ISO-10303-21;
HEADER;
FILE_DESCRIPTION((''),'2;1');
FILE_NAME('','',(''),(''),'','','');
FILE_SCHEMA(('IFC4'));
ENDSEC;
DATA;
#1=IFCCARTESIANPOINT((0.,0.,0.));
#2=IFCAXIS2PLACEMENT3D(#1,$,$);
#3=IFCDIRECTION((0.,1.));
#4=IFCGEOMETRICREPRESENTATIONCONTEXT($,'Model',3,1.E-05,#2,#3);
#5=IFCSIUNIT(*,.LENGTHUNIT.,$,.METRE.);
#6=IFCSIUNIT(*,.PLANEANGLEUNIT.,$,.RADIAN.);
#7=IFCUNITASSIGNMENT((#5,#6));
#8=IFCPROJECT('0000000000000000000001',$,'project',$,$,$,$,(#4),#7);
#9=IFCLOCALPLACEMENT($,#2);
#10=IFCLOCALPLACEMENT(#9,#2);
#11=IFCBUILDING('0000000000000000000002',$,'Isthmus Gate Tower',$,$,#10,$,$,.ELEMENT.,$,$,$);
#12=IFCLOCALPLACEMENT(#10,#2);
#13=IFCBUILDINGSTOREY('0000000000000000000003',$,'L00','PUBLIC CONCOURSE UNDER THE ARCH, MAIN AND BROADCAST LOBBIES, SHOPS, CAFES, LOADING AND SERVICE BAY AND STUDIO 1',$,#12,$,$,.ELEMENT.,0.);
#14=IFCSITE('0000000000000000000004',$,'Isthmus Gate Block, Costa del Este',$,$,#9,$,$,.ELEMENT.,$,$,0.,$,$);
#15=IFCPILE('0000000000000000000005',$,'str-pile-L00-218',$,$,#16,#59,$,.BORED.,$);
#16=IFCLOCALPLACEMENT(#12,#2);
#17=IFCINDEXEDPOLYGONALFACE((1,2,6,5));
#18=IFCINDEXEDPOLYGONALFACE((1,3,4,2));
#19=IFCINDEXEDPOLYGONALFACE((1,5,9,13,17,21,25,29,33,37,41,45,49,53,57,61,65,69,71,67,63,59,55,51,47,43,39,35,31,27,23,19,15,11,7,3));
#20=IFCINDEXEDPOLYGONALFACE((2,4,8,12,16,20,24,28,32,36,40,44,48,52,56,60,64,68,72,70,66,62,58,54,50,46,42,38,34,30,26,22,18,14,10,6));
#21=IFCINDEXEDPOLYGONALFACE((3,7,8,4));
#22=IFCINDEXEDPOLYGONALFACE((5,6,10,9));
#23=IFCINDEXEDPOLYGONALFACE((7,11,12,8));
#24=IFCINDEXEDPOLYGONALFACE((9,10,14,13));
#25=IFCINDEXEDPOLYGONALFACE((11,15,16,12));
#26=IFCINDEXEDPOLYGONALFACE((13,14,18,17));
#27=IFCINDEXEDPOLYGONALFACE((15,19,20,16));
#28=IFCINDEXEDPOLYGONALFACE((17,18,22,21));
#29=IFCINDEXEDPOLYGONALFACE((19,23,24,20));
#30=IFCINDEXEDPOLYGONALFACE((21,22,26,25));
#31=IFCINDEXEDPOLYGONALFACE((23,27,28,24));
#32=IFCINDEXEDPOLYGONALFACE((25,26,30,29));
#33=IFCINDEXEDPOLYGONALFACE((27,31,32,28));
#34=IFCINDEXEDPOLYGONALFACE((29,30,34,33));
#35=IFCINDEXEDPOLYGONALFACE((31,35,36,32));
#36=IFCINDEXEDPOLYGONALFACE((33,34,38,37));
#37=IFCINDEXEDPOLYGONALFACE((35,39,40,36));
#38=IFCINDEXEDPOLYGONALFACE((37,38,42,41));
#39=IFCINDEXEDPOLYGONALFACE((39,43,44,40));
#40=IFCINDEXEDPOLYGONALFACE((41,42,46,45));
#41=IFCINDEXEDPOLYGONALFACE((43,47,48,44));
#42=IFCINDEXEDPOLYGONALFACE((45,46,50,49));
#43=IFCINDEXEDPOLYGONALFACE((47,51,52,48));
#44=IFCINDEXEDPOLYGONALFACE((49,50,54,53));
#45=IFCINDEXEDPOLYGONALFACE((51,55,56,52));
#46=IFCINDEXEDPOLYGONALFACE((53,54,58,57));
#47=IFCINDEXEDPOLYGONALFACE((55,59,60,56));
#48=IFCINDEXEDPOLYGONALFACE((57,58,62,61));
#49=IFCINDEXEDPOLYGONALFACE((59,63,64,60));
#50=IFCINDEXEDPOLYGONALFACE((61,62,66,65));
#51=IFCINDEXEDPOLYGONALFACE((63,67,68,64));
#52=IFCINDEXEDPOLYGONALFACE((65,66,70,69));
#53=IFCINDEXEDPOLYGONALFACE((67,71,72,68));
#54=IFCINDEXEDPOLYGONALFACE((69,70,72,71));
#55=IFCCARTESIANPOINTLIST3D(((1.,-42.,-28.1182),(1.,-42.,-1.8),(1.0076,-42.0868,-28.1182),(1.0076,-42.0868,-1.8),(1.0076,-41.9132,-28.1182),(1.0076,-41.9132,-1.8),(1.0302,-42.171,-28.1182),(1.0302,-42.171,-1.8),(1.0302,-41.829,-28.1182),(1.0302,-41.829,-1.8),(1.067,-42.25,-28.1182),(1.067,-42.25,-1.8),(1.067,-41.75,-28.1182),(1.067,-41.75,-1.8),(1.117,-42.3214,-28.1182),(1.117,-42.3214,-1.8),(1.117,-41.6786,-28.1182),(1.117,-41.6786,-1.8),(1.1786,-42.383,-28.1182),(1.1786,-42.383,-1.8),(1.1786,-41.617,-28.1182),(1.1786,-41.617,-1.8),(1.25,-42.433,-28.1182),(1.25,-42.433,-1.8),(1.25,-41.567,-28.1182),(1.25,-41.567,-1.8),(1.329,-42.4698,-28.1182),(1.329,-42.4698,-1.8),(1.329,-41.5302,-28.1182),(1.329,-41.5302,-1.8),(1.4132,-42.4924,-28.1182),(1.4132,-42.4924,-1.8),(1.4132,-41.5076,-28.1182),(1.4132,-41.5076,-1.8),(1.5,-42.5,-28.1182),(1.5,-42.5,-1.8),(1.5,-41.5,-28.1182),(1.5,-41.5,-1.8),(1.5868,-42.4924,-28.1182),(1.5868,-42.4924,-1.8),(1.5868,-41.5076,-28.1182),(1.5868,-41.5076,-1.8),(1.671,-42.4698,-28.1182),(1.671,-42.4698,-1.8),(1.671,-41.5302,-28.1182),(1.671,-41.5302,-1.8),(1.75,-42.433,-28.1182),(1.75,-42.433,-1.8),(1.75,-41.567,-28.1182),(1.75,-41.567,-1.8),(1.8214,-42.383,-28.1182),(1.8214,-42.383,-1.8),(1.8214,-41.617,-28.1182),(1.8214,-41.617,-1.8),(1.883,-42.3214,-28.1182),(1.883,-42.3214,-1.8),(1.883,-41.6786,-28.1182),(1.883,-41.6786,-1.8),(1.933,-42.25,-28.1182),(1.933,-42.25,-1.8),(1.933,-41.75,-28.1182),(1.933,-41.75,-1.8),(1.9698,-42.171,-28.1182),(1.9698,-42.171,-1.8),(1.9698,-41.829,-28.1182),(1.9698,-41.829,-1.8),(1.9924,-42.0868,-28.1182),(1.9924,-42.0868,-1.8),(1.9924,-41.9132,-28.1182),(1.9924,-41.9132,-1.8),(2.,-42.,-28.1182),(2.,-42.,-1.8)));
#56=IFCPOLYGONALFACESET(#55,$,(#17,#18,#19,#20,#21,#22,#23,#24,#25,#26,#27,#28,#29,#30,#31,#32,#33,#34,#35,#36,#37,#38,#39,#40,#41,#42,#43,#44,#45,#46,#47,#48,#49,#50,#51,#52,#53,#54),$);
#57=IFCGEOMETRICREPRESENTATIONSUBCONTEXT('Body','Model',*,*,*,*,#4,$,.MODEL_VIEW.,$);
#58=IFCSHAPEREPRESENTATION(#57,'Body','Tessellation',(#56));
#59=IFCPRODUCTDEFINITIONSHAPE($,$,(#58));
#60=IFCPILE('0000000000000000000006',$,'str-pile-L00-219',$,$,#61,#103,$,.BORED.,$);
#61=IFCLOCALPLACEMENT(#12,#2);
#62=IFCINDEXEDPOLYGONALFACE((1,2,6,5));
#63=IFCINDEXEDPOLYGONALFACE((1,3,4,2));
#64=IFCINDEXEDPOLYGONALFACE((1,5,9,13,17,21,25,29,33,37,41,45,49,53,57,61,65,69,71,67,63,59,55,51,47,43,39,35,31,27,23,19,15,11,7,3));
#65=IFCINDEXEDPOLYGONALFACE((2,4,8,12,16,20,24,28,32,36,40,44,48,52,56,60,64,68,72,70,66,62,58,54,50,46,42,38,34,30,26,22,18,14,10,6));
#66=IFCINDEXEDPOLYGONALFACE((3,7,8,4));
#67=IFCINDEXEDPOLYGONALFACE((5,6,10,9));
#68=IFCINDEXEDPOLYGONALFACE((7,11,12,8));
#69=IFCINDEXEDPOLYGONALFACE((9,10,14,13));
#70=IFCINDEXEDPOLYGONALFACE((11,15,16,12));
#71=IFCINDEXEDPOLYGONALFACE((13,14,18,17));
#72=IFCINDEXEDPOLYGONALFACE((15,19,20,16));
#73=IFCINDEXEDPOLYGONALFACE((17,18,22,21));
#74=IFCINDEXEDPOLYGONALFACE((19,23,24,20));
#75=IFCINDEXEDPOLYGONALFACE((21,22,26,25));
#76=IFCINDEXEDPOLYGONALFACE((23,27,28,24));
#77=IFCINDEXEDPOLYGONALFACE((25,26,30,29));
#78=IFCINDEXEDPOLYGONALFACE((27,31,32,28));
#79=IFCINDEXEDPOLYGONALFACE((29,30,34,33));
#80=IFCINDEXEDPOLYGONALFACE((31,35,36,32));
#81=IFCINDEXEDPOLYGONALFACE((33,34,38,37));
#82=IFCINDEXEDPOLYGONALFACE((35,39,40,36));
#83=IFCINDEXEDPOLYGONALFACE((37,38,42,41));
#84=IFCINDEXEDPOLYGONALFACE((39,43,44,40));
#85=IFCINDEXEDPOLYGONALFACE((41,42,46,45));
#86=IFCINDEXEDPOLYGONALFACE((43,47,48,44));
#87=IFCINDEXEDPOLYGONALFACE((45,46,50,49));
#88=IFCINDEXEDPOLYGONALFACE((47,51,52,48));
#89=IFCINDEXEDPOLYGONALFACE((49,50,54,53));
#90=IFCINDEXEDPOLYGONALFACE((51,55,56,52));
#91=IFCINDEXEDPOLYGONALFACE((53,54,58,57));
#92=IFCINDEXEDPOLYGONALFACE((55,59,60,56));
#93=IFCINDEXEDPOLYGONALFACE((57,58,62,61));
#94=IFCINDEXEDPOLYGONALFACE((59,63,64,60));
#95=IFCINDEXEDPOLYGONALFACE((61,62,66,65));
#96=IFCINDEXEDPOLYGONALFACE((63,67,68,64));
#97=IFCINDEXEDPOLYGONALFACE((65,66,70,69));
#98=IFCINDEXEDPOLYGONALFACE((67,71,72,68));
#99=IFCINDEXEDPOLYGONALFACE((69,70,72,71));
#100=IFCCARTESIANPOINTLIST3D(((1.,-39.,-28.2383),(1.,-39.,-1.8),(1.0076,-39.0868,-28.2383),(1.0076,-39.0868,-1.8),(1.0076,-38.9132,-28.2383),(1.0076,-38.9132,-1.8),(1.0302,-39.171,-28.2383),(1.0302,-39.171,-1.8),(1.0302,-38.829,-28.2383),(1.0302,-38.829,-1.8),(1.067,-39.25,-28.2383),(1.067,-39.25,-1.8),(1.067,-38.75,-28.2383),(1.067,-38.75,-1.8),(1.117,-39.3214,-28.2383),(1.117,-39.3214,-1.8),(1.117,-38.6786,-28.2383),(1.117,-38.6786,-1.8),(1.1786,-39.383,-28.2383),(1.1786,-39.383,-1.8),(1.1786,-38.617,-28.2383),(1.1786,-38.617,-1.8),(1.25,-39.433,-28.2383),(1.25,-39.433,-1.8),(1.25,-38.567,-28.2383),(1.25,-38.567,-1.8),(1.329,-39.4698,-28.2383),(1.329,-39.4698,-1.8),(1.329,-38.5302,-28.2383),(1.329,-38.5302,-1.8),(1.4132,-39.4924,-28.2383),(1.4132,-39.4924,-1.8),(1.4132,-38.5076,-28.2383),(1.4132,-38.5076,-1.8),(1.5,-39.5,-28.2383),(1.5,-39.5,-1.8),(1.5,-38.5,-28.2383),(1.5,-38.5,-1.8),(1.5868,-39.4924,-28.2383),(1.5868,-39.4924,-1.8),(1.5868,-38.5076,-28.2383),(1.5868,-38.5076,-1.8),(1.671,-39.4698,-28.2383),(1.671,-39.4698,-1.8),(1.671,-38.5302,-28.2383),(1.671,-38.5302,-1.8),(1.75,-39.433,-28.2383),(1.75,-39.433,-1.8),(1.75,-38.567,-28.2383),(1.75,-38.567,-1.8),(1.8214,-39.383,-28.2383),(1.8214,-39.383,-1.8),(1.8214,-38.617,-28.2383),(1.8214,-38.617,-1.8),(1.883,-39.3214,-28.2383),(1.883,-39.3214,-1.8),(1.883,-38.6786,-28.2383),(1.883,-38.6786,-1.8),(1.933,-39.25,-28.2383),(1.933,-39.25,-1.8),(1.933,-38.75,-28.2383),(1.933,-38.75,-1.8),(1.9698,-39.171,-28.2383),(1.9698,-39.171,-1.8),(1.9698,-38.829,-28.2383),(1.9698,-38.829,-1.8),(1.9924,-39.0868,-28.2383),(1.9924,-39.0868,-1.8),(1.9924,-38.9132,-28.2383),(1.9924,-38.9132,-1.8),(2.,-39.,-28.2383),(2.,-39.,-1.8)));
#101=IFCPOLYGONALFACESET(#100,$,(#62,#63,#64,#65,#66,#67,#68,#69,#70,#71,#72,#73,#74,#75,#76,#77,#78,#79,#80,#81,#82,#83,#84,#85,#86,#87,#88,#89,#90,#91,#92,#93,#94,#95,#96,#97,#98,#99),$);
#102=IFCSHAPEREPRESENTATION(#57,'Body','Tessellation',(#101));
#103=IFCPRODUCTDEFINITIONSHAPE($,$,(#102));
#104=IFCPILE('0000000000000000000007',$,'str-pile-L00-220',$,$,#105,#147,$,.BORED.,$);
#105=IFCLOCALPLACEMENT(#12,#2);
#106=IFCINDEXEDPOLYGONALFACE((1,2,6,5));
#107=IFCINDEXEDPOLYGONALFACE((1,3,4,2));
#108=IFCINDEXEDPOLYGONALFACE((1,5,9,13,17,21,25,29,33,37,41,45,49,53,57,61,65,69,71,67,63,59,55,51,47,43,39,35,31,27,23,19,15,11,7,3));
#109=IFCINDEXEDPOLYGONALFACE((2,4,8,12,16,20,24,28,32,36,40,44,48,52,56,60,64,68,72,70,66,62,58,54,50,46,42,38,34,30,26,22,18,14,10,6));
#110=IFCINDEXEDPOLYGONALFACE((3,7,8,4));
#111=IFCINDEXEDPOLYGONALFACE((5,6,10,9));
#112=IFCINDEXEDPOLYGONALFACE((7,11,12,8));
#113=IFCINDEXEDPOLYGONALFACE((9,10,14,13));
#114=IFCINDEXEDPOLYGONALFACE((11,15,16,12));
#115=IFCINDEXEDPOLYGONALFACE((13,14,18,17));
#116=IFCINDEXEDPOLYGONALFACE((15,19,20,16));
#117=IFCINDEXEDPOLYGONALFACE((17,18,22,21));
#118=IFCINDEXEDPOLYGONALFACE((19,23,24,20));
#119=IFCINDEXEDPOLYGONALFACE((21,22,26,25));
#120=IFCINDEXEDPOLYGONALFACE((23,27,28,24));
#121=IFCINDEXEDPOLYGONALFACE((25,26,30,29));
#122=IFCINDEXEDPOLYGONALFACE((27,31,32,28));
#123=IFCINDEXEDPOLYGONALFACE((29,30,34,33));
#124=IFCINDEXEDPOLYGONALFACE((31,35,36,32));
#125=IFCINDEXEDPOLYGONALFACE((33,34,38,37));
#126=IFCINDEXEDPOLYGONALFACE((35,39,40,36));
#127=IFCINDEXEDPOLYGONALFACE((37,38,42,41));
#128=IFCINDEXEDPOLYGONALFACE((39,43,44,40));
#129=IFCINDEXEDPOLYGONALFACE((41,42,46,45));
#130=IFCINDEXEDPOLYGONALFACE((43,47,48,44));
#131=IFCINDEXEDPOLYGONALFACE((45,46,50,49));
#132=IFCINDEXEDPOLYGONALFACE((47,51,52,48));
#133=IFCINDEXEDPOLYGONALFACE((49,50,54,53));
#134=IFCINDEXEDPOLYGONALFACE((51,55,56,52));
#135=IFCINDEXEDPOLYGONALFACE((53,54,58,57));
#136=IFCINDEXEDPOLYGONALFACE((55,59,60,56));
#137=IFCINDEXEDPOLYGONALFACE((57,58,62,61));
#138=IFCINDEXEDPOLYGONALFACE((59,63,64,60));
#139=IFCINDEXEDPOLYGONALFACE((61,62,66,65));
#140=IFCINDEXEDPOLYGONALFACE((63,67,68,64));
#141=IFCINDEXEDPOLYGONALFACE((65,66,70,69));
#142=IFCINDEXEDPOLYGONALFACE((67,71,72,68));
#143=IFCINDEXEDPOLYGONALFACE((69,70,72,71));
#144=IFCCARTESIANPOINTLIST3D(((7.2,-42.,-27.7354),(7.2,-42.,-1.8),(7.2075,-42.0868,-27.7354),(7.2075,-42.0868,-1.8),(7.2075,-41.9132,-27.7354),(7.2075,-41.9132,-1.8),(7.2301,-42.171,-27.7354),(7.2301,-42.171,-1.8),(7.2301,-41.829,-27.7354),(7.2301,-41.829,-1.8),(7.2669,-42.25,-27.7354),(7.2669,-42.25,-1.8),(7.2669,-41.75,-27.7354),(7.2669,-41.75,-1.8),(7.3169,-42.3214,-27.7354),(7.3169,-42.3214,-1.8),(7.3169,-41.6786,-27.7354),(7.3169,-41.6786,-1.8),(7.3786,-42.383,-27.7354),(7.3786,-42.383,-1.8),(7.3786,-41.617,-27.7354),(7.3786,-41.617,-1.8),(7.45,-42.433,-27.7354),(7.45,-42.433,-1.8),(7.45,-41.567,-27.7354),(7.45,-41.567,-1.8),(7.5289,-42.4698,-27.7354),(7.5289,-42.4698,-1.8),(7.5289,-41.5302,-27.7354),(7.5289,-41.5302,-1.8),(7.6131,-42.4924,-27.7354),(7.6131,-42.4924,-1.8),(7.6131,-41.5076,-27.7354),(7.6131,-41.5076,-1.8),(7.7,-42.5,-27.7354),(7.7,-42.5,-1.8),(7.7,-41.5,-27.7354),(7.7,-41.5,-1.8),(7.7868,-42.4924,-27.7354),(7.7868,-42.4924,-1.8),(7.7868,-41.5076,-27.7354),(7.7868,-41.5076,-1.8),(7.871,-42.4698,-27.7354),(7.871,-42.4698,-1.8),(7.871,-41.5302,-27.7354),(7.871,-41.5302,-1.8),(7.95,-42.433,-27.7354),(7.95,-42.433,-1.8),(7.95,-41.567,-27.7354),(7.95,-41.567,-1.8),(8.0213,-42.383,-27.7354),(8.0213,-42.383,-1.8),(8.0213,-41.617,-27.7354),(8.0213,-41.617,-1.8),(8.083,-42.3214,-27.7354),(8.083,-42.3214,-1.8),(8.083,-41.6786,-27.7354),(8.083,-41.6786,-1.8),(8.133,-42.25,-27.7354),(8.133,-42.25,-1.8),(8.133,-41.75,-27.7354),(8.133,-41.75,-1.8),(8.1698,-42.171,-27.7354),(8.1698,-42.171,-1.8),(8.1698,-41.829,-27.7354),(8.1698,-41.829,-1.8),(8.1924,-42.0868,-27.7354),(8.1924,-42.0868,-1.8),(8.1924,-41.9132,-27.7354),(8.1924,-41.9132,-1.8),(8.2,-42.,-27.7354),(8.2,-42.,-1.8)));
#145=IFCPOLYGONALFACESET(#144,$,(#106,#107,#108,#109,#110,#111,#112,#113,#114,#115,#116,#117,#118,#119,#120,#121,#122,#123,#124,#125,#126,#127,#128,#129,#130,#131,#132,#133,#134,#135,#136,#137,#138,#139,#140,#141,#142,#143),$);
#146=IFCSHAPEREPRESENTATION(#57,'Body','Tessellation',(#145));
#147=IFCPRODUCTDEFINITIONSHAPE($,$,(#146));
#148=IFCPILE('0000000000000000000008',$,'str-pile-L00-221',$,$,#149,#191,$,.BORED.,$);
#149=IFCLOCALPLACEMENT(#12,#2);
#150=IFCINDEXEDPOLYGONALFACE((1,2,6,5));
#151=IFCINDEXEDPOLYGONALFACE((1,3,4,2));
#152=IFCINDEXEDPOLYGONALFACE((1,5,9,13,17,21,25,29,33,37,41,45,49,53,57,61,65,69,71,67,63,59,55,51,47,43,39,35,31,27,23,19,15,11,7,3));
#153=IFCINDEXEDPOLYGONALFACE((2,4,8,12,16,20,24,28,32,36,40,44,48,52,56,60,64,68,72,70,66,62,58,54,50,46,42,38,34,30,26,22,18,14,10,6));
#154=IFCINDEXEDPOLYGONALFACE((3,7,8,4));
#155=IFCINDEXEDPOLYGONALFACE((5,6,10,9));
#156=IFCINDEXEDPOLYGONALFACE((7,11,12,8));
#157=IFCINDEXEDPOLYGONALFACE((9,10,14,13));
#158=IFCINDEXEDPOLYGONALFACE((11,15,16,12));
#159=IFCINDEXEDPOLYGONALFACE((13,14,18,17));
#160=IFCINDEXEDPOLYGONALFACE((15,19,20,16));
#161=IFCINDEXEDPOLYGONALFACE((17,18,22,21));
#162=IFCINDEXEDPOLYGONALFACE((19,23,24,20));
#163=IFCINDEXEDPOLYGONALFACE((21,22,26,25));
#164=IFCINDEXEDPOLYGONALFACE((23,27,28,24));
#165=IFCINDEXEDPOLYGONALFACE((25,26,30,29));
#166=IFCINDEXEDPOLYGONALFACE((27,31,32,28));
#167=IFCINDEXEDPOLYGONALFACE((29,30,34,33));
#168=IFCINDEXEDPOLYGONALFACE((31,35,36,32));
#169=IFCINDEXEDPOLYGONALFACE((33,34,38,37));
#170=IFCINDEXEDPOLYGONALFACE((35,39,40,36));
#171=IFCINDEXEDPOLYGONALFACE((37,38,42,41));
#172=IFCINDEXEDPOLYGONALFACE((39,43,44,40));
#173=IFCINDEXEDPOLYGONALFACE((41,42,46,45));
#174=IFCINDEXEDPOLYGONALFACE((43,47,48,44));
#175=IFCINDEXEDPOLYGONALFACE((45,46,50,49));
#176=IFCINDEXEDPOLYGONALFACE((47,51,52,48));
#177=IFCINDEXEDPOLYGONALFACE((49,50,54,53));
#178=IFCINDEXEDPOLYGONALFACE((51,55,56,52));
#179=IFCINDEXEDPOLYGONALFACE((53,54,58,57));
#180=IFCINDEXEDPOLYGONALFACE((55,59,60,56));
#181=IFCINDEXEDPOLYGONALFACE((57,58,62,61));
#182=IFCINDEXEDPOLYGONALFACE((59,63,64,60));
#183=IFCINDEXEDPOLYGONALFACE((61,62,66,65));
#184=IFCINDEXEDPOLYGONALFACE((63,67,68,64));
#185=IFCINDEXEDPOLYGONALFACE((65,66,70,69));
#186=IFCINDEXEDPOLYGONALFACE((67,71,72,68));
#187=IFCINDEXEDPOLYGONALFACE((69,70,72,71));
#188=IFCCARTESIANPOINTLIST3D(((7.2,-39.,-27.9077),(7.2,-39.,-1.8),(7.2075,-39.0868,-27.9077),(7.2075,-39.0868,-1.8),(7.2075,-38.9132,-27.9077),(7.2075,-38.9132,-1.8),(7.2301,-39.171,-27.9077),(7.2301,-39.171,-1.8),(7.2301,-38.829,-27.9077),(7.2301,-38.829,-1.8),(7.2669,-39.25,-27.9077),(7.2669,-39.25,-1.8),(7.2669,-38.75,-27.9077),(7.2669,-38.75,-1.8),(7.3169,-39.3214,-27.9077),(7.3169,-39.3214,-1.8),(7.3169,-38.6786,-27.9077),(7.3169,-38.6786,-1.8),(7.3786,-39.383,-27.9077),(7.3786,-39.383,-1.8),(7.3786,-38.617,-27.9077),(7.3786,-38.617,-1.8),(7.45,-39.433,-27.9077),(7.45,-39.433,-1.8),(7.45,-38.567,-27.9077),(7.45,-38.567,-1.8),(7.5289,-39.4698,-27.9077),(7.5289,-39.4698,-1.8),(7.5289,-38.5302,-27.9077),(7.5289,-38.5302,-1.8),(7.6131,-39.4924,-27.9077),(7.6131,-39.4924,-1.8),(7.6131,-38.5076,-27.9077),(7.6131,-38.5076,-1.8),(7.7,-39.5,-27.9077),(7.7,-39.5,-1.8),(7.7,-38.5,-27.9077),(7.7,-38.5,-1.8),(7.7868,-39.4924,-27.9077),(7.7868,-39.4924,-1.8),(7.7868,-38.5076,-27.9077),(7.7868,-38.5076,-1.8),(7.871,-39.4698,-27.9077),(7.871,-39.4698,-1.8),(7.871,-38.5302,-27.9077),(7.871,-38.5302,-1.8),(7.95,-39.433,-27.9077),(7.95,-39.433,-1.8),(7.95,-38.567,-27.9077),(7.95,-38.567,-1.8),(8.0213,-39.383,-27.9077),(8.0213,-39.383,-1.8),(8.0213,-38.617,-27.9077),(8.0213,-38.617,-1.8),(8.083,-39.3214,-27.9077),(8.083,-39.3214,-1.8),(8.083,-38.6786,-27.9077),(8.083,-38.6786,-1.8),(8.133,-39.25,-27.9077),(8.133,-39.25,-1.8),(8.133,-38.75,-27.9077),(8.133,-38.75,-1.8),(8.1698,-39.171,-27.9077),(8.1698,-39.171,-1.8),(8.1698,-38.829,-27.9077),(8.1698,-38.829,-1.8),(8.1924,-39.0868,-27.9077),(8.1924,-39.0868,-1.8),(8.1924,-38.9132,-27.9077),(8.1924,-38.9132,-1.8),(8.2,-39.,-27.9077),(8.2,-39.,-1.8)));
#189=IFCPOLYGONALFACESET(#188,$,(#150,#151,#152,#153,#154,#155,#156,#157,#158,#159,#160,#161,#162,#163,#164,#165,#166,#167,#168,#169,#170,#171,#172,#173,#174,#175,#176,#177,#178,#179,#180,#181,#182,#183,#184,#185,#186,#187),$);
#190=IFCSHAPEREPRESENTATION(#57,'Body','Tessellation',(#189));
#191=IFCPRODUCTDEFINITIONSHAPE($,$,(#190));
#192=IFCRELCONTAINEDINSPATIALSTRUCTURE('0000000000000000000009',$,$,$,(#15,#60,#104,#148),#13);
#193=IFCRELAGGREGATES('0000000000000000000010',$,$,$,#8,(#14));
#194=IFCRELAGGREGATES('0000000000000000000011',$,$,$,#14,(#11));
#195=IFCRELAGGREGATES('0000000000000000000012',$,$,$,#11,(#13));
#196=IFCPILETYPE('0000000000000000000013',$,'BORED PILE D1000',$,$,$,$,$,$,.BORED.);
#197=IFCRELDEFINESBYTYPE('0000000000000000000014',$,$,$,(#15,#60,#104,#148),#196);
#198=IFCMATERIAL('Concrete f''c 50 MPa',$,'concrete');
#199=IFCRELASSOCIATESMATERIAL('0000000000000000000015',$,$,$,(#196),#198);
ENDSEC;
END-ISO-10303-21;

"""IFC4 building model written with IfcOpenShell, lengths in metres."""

from ifc_helpers import new_model, si_unit, direction, frame, origin, origin_2d, place, context, subcontext, project, spatial, circle, extrude, material, material_profile, profile_set, type_object, element, save


model = new_model("IFC4")

# Units and contexts
model_context = context("Model", 3, precision=1e-05, world=origin(), true_north=direction((0.0, 1.0)))
body_context = subcontext(model_context, "Body", "Model", "MODEL_VIEW")
ifc_project = project(units=[si_unit("LENGTHUNIT", "METRE"), si_unit("PLANEANGLEUNIT", "RADIAN")], contexts=[model_context])

# Site, building, storey
site_placement = place(None, origin())
site = spatial("IfcSite", under=ifc_project, at=site_placement, Name="Isthmus Gate Block, Costa del Este", CompositionType="ELEMENT", RefElevation=0.0)
building_placement = place(site_placement, origin())
building = spatial("IfcBuilding", under=site, at=building_placement, Name="Isthmus Gate Tower", CompositionType="ELEMENT")
storey_placement = place(building_placement, origin())
storey = spatial("IfcBuildingStorey", under=building, at=storey_placement, Name="L00", Description="PUBLIC CONCOURSE UNDER THE ARCH, MAIN AND BROADCAST LOBBIES, SHOPS, CAFES, LOADING AND SERVICE BAY AND STUDIO 1", CompositionType="ELEMENT", Elevation=0.0)

# Piles
ifc_material_1 = material(Name="Concrete f'c 50 MPa", Category="concrete")
ifc_material_profile_1 = material_profile(ifc_material_1, circle(Radius=0.5, at=origin_2d()), Name="D1000")
ifc_profile_set_1 = profile_set([ifc_material_profile_1], Name="Concrete f'c 50 MPa")
pile_type_1 = type_object("IfcPileType", Name="BORED PILE D1000", PredefinedType="BORED", material=ifc_profile_set_1)
pile_1_placement = place(storey_placement, frame((1.5, -42.0, -1.8), z_axis=(0.0, 0.0, -1.0), x_axis=(1.0, 0.0, 0.0)))
element("IfcPile", 1, at=pile_1_placement, inside=storey, type_object=pile_type_1, Name="str-pile-L00-218", PredefinedType="BORED", context=body_context, shape_type="SweptSolid", body=[
    extrude(circle(Radius=0.5, at=origin_2d()), origin(), (0.0, 0.0, 1.0), 26.3181),
])
pile_2_placement = place(storey_placement, frame((1.5, -39.0, -1.8), z_axis=(0.0, 0.0, -1.0), x_axis=(1.0, 0.0, 0.0)))
element("IfcPile", 2, at=pile_2_placement, inside=storey, type_object=pile_type_1, Name="str-pile-L00-219", PredefinedType="BORED", context=body_context, shape_type="SweptSolid", body=[
    extrude(circle(Radius=0.5, at=origin_2d()), origin(), (0.0, 0.0, 1.0), 26.4382),
])
pile_3_placement = place(storey_placement, frame((7.7, -42.0, -1.8), z_axis=(0.0, 0.0, -1.0), x_axis=(1.0, 0.0, 0.0)))
element("IfcPile", 3, at=pile_3_placement, inside=storey, type_object=pile_type_1, Name="str-pile-L00-220", PredefinedType="BORED", context=body_context, shape_type="SweptSolid", body=[
    extrude(circle(Radius=0.5, at=origin_2d()), origin(), (0.0, 0.0, 1.0), 25.9353),
])
pile_4_placement = place(storey_placement, frame((7.7, -39.0, -1.8), z_axis=(0.0, 0.0, -1.0), x_axis=(1.0, 0.0, 0.0)))
element("IfcPile", 4, at=pile_4_placement, inside=storey, type_object=pile_type_1, Name="str-pile-L00-221", PredefinedType="BORED", context=body_context, shape_type="SweptSolid", body=[
    extrude(circle(Radius=0.5, at=origin_2d()), origin(), (0.0, 0.0, 1.0), 26.1077),
])

save(model, "model.ifc")
